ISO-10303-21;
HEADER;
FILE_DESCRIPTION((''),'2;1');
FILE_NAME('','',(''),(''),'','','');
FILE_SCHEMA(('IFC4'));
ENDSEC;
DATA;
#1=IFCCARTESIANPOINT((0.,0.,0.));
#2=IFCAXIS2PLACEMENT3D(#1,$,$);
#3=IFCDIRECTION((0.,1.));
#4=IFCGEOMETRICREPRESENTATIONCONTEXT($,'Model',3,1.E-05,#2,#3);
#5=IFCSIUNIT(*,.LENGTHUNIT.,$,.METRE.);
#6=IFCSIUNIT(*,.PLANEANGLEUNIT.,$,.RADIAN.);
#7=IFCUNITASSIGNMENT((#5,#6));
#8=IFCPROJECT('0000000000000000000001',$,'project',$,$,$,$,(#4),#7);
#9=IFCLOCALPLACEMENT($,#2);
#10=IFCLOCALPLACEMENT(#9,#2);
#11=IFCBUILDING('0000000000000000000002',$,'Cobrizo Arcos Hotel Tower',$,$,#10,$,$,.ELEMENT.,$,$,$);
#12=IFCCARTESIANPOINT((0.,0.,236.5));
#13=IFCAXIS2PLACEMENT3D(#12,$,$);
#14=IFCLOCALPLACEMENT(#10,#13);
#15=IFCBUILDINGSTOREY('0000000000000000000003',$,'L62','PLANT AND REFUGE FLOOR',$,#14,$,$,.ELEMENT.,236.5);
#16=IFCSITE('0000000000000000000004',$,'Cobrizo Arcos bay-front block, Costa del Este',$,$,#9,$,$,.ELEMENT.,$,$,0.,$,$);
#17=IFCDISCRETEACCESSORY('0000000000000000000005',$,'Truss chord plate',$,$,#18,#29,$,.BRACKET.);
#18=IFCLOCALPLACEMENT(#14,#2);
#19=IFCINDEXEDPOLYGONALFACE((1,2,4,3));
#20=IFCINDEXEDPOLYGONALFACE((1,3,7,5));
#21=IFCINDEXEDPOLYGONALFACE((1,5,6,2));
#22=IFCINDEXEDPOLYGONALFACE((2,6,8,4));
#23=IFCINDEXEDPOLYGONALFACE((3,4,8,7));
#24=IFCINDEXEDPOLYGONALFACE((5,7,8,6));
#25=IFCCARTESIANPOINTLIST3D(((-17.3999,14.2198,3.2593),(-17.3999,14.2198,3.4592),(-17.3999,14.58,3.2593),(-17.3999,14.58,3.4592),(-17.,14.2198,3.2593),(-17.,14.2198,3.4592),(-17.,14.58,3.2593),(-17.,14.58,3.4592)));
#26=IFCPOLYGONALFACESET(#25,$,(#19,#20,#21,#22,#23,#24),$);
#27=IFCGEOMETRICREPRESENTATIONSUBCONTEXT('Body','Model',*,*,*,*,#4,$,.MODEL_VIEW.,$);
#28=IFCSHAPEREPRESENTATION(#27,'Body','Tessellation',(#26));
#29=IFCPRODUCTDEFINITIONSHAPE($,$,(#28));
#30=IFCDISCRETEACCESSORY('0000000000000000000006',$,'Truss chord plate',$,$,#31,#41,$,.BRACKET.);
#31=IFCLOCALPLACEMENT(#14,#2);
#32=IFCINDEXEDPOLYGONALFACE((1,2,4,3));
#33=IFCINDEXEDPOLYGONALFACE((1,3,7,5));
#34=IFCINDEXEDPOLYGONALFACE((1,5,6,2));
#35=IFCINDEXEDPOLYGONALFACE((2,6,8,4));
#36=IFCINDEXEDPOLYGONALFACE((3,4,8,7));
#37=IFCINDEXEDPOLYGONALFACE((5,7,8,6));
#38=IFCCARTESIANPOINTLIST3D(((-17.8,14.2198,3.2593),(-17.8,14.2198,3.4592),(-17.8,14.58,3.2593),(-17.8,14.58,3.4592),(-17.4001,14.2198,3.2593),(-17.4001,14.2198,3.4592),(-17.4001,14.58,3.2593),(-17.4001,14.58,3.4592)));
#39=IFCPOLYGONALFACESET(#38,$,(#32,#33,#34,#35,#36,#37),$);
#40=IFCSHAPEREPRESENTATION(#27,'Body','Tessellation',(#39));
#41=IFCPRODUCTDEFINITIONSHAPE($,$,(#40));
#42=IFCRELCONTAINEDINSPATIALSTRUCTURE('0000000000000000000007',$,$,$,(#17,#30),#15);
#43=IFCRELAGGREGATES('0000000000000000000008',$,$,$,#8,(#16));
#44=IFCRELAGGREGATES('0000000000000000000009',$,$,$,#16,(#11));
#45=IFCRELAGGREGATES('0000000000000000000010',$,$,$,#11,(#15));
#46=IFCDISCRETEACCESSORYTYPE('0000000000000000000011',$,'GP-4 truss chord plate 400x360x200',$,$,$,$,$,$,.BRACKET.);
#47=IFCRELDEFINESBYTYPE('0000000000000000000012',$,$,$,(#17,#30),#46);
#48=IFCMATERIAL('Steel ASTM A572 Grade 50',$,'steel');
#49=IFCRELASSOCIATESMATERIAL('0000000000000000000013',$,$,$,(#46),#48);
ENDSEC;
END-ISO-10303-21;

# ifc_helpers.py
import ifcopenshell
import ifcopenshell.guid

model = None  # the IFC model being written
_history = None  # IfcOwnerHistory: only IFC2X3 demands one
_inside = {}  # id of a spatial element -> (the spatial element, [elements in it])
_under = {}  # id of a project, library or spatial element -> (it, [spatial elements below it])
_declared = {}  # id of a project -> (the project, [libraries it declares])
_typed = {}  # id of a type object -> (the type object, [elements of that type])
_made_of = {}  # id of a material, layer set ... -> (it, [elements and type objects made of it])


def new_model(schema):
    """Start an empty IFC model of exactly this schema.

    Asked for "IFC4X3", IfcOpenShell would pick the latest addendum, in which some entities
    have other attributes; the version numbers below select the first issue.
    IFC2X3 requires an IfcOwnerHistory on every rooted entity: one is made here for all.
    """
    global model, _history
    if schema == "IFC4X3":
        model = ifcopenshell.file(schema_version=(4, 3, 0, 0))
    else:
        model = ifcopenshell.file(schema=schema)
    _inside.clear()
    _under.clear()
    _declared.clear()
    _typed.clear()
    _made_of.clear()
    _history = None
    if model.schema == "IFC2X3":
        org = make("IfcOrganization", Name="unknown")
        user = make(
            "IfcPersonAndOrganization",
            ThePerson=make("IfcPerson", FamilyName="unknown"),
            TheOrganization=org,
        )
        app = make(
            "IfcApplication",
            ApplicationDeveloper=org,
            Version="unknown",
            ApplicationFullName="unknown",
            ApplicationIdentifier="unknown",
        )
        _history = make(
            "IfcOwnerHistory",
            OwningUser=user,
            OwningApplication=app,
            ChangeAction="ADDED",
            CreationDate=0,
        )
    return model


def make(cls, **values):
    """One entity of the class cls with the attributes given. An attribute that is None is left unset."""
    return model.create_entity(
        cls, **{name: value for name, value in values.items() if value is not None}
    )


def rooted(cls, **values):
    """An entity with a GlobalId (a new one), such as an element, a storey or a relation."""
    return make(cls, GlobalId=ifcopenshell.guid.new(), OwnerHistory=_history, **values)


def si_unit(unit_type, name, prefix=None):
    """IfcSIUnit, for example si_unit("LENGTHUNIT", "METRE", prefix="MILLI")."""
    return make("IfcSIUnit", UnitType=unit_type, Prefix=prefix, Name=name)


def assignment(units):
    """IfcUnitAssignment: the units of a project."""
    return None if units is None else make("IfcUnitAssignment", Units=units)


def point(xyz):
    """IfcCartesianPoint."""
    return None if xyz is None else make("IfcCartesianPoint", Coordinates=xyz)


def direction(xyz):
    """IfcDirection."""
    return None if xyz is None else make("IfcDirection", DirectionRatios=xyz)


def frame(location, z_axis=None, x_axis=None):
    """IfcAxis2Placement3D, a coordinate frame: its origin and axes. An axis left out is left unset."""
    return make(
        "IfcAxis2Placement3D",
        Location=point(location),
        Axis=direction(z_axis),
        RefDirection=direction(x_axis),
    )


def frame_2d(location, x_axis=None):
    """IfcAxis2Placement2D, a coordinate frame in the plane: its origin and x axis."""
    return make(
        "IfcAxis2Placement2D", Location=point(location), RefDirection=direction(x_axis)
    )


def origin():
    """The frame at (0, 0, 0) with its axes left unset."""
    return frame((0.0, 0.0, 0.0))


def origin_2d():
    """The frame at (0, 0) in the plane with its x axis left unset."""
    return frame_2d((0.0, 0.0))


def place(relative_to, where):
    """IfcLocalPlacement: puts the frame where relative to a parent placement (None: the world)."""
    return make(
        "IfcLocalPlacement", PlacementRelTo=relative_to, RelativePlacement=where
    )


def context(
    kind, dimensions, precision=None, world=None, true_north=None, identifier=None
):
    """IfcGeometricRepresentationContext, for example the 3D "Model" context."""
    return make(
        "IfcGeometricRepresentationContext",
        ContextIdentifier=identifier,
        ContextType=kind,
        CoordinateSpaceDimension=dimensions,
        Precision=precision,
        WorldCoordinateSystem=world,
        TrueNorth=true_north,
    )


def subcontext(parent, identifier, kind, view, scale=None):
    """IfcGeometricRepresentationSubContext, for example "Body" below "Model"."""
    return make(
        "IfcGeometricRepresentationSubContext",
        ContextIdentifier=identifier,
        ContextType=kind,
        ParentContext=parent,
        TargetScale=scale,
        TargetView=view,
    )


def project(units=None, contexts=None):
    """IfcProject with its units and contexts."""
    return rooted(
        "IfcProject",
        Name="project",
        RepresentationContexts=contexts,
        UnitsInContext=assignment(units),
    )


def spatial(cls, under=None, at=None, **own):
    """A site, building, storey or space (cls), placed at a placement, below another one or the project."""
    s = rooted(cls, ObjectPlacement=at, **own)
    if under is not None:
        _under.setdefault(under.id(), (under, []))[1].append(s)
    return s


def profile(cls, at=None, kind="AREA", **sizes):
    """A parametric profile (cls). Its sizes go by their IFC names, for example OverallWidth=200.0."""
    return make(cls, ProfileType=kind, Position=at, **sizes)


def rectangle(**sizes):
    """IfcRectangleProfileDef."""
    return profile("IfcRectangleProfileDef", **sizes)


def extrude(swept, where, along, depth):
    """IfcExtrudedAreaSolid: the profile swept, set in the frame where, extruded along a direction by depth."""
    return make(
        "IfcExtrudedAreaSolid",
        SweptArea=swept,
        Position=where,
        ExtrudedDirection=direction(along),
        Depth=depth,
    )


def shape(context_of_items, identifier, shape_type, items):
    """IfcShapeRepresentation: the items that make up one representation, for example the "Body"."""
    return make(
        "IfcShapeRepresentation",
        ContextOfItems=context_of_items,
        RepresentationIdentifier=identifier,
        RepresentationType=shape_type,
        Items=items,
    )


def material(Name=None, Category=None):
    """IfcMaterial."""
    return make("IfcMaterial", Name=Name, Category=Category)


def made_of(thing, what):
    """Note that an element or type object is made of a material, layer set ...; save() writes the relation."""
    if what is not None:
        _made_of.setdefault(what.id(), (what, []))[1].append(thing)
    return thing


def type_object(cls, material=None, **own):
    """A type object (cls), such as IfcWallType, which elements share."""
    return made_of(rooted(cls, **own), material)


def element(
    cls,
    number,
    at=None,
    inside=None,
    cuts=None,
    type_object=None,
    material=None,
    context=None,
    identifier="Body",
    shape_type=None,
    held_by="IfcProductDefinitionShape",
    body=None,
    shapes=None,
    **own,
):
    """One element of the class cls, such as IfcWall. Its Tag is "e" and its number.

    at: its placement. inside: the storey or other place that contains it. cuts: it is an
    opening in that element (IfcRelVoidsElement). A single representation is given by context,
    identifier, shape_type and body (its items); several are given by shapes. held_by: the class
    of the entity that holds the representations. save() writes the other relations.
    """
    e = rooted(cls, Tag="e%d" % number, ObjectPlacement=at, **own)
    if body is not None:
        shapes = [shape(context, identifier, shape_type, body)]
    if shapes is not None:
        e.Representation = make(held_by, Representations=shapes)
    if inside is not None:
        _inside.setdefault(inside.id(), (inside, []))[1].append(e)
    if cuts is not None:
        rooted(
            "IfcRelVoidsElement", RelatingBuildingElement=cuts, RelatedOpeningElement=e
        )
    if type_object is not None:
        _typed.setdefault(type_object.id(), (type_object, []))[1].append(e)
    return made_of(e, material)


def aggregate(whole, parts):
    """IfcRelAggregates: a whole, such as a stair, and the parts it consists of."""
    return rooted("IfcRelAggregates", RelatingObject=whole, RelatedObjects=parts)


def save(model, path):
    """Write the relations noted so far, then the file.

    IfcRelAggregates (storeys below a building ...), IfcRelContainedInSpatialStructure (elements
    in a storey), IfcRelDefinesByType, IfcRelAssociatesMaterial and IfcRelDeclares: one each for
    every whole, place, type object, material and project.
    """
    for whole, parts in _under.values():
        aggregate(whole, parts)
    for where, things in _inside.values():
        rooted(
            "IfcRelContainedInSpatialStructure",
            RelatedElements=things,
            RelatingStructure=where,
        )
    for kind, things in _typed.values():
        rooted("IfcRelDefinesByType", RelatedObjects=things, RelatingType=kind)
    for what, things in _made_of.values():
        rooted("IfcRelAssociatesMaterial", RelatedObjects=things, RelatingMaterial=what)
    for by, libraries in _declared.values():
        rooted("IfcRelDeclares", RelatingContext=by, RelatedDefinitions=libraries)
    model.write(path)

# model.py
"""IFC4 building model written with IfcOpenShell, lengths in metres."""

from ifc_helpers import new_model, si_unit, direction, frame, origin, origin_2d, place, context, subcontext, project, spatial, rectangle, extrude, material, type_object, element, save


model = new_model("IFC4")

# Units and contexts
model_context = context("Model", 3, precision=1e-05, world=origin(), true_north=direction((0.0, 1.0)))
body_context = subcontext(model_context, "Body", "Model", "MODEL_VIEW")
ifc_project = project(units=[si_unit("LENGTHUNIT", "METRE"), si_unit("PLANEANGLEUNIT", "RADIAN")], contexts=[model_context])

# Site, building, storey
site_placement = place(None, origin())
site = spatial("IfcSite", under=ifc_project, at=site_placement, Name="Cobrizo Arcos bay-front block, Costa del Este", CompositionType="ELEMENT", RefElevation=0.0)
building_placement = place(site_placement, origin())
building = spatial("IfcBuilding", under=site, at=building_placement, Name="Cobrizo Arcos Hotel Tower", CompositionType="ELEMENT")
storey_placement = place(building_placement, frame((0.0, 0.0, 236.5)))
storey = spatial("IfcBuildingStorey", under=building, at=storey_placement, Name="L62", Description="PLANT AND REFUGE FLOOR", CompositionType="ELEMENT", Elevation=236.5)

# Discrete accessories
ifc_material_1 = material(Name="Steel ASTM A572 Grade 50", Category="steel")
discrete_accessory_type_1 = type_object("IfcDiscreteAccessoryType", Name="GP-4 truss chord plate 400x360x200", PredefinedType="BRACKET", material=ifc_material_1)
for number, where, z_axis, x_axis, name in (
    (1, (-17.2, 14.3999, 3.2593), (0.0, 0.0, 1.0), (-1.0, 0.0, 0.0), "Truss chord plate"),
    (2, (-17.6001, 14.3999, 3.2593), (0.0, 0.0, 1.0), (-1.0, 0.0, 0.0), "Truss chord plate"),
):
    element("IfcDiscreteAccessory", number, at=place(storey_placement, frame(where, z_axis=z_axis, x_axis=x_axis)), inside=storey, type_object=discrete_accessory_type_1, Name=name, PredefinedType="BRACKET", context=body_context, shape_type="SweptSolid", body=[
        extrude(rectangle(XDim=0.3999, YDim=0.3601, at=origin_2d()), origin(), (0.0, 0.0, 1.0), 0.2),
    ])

save(model, "model.ifc")
